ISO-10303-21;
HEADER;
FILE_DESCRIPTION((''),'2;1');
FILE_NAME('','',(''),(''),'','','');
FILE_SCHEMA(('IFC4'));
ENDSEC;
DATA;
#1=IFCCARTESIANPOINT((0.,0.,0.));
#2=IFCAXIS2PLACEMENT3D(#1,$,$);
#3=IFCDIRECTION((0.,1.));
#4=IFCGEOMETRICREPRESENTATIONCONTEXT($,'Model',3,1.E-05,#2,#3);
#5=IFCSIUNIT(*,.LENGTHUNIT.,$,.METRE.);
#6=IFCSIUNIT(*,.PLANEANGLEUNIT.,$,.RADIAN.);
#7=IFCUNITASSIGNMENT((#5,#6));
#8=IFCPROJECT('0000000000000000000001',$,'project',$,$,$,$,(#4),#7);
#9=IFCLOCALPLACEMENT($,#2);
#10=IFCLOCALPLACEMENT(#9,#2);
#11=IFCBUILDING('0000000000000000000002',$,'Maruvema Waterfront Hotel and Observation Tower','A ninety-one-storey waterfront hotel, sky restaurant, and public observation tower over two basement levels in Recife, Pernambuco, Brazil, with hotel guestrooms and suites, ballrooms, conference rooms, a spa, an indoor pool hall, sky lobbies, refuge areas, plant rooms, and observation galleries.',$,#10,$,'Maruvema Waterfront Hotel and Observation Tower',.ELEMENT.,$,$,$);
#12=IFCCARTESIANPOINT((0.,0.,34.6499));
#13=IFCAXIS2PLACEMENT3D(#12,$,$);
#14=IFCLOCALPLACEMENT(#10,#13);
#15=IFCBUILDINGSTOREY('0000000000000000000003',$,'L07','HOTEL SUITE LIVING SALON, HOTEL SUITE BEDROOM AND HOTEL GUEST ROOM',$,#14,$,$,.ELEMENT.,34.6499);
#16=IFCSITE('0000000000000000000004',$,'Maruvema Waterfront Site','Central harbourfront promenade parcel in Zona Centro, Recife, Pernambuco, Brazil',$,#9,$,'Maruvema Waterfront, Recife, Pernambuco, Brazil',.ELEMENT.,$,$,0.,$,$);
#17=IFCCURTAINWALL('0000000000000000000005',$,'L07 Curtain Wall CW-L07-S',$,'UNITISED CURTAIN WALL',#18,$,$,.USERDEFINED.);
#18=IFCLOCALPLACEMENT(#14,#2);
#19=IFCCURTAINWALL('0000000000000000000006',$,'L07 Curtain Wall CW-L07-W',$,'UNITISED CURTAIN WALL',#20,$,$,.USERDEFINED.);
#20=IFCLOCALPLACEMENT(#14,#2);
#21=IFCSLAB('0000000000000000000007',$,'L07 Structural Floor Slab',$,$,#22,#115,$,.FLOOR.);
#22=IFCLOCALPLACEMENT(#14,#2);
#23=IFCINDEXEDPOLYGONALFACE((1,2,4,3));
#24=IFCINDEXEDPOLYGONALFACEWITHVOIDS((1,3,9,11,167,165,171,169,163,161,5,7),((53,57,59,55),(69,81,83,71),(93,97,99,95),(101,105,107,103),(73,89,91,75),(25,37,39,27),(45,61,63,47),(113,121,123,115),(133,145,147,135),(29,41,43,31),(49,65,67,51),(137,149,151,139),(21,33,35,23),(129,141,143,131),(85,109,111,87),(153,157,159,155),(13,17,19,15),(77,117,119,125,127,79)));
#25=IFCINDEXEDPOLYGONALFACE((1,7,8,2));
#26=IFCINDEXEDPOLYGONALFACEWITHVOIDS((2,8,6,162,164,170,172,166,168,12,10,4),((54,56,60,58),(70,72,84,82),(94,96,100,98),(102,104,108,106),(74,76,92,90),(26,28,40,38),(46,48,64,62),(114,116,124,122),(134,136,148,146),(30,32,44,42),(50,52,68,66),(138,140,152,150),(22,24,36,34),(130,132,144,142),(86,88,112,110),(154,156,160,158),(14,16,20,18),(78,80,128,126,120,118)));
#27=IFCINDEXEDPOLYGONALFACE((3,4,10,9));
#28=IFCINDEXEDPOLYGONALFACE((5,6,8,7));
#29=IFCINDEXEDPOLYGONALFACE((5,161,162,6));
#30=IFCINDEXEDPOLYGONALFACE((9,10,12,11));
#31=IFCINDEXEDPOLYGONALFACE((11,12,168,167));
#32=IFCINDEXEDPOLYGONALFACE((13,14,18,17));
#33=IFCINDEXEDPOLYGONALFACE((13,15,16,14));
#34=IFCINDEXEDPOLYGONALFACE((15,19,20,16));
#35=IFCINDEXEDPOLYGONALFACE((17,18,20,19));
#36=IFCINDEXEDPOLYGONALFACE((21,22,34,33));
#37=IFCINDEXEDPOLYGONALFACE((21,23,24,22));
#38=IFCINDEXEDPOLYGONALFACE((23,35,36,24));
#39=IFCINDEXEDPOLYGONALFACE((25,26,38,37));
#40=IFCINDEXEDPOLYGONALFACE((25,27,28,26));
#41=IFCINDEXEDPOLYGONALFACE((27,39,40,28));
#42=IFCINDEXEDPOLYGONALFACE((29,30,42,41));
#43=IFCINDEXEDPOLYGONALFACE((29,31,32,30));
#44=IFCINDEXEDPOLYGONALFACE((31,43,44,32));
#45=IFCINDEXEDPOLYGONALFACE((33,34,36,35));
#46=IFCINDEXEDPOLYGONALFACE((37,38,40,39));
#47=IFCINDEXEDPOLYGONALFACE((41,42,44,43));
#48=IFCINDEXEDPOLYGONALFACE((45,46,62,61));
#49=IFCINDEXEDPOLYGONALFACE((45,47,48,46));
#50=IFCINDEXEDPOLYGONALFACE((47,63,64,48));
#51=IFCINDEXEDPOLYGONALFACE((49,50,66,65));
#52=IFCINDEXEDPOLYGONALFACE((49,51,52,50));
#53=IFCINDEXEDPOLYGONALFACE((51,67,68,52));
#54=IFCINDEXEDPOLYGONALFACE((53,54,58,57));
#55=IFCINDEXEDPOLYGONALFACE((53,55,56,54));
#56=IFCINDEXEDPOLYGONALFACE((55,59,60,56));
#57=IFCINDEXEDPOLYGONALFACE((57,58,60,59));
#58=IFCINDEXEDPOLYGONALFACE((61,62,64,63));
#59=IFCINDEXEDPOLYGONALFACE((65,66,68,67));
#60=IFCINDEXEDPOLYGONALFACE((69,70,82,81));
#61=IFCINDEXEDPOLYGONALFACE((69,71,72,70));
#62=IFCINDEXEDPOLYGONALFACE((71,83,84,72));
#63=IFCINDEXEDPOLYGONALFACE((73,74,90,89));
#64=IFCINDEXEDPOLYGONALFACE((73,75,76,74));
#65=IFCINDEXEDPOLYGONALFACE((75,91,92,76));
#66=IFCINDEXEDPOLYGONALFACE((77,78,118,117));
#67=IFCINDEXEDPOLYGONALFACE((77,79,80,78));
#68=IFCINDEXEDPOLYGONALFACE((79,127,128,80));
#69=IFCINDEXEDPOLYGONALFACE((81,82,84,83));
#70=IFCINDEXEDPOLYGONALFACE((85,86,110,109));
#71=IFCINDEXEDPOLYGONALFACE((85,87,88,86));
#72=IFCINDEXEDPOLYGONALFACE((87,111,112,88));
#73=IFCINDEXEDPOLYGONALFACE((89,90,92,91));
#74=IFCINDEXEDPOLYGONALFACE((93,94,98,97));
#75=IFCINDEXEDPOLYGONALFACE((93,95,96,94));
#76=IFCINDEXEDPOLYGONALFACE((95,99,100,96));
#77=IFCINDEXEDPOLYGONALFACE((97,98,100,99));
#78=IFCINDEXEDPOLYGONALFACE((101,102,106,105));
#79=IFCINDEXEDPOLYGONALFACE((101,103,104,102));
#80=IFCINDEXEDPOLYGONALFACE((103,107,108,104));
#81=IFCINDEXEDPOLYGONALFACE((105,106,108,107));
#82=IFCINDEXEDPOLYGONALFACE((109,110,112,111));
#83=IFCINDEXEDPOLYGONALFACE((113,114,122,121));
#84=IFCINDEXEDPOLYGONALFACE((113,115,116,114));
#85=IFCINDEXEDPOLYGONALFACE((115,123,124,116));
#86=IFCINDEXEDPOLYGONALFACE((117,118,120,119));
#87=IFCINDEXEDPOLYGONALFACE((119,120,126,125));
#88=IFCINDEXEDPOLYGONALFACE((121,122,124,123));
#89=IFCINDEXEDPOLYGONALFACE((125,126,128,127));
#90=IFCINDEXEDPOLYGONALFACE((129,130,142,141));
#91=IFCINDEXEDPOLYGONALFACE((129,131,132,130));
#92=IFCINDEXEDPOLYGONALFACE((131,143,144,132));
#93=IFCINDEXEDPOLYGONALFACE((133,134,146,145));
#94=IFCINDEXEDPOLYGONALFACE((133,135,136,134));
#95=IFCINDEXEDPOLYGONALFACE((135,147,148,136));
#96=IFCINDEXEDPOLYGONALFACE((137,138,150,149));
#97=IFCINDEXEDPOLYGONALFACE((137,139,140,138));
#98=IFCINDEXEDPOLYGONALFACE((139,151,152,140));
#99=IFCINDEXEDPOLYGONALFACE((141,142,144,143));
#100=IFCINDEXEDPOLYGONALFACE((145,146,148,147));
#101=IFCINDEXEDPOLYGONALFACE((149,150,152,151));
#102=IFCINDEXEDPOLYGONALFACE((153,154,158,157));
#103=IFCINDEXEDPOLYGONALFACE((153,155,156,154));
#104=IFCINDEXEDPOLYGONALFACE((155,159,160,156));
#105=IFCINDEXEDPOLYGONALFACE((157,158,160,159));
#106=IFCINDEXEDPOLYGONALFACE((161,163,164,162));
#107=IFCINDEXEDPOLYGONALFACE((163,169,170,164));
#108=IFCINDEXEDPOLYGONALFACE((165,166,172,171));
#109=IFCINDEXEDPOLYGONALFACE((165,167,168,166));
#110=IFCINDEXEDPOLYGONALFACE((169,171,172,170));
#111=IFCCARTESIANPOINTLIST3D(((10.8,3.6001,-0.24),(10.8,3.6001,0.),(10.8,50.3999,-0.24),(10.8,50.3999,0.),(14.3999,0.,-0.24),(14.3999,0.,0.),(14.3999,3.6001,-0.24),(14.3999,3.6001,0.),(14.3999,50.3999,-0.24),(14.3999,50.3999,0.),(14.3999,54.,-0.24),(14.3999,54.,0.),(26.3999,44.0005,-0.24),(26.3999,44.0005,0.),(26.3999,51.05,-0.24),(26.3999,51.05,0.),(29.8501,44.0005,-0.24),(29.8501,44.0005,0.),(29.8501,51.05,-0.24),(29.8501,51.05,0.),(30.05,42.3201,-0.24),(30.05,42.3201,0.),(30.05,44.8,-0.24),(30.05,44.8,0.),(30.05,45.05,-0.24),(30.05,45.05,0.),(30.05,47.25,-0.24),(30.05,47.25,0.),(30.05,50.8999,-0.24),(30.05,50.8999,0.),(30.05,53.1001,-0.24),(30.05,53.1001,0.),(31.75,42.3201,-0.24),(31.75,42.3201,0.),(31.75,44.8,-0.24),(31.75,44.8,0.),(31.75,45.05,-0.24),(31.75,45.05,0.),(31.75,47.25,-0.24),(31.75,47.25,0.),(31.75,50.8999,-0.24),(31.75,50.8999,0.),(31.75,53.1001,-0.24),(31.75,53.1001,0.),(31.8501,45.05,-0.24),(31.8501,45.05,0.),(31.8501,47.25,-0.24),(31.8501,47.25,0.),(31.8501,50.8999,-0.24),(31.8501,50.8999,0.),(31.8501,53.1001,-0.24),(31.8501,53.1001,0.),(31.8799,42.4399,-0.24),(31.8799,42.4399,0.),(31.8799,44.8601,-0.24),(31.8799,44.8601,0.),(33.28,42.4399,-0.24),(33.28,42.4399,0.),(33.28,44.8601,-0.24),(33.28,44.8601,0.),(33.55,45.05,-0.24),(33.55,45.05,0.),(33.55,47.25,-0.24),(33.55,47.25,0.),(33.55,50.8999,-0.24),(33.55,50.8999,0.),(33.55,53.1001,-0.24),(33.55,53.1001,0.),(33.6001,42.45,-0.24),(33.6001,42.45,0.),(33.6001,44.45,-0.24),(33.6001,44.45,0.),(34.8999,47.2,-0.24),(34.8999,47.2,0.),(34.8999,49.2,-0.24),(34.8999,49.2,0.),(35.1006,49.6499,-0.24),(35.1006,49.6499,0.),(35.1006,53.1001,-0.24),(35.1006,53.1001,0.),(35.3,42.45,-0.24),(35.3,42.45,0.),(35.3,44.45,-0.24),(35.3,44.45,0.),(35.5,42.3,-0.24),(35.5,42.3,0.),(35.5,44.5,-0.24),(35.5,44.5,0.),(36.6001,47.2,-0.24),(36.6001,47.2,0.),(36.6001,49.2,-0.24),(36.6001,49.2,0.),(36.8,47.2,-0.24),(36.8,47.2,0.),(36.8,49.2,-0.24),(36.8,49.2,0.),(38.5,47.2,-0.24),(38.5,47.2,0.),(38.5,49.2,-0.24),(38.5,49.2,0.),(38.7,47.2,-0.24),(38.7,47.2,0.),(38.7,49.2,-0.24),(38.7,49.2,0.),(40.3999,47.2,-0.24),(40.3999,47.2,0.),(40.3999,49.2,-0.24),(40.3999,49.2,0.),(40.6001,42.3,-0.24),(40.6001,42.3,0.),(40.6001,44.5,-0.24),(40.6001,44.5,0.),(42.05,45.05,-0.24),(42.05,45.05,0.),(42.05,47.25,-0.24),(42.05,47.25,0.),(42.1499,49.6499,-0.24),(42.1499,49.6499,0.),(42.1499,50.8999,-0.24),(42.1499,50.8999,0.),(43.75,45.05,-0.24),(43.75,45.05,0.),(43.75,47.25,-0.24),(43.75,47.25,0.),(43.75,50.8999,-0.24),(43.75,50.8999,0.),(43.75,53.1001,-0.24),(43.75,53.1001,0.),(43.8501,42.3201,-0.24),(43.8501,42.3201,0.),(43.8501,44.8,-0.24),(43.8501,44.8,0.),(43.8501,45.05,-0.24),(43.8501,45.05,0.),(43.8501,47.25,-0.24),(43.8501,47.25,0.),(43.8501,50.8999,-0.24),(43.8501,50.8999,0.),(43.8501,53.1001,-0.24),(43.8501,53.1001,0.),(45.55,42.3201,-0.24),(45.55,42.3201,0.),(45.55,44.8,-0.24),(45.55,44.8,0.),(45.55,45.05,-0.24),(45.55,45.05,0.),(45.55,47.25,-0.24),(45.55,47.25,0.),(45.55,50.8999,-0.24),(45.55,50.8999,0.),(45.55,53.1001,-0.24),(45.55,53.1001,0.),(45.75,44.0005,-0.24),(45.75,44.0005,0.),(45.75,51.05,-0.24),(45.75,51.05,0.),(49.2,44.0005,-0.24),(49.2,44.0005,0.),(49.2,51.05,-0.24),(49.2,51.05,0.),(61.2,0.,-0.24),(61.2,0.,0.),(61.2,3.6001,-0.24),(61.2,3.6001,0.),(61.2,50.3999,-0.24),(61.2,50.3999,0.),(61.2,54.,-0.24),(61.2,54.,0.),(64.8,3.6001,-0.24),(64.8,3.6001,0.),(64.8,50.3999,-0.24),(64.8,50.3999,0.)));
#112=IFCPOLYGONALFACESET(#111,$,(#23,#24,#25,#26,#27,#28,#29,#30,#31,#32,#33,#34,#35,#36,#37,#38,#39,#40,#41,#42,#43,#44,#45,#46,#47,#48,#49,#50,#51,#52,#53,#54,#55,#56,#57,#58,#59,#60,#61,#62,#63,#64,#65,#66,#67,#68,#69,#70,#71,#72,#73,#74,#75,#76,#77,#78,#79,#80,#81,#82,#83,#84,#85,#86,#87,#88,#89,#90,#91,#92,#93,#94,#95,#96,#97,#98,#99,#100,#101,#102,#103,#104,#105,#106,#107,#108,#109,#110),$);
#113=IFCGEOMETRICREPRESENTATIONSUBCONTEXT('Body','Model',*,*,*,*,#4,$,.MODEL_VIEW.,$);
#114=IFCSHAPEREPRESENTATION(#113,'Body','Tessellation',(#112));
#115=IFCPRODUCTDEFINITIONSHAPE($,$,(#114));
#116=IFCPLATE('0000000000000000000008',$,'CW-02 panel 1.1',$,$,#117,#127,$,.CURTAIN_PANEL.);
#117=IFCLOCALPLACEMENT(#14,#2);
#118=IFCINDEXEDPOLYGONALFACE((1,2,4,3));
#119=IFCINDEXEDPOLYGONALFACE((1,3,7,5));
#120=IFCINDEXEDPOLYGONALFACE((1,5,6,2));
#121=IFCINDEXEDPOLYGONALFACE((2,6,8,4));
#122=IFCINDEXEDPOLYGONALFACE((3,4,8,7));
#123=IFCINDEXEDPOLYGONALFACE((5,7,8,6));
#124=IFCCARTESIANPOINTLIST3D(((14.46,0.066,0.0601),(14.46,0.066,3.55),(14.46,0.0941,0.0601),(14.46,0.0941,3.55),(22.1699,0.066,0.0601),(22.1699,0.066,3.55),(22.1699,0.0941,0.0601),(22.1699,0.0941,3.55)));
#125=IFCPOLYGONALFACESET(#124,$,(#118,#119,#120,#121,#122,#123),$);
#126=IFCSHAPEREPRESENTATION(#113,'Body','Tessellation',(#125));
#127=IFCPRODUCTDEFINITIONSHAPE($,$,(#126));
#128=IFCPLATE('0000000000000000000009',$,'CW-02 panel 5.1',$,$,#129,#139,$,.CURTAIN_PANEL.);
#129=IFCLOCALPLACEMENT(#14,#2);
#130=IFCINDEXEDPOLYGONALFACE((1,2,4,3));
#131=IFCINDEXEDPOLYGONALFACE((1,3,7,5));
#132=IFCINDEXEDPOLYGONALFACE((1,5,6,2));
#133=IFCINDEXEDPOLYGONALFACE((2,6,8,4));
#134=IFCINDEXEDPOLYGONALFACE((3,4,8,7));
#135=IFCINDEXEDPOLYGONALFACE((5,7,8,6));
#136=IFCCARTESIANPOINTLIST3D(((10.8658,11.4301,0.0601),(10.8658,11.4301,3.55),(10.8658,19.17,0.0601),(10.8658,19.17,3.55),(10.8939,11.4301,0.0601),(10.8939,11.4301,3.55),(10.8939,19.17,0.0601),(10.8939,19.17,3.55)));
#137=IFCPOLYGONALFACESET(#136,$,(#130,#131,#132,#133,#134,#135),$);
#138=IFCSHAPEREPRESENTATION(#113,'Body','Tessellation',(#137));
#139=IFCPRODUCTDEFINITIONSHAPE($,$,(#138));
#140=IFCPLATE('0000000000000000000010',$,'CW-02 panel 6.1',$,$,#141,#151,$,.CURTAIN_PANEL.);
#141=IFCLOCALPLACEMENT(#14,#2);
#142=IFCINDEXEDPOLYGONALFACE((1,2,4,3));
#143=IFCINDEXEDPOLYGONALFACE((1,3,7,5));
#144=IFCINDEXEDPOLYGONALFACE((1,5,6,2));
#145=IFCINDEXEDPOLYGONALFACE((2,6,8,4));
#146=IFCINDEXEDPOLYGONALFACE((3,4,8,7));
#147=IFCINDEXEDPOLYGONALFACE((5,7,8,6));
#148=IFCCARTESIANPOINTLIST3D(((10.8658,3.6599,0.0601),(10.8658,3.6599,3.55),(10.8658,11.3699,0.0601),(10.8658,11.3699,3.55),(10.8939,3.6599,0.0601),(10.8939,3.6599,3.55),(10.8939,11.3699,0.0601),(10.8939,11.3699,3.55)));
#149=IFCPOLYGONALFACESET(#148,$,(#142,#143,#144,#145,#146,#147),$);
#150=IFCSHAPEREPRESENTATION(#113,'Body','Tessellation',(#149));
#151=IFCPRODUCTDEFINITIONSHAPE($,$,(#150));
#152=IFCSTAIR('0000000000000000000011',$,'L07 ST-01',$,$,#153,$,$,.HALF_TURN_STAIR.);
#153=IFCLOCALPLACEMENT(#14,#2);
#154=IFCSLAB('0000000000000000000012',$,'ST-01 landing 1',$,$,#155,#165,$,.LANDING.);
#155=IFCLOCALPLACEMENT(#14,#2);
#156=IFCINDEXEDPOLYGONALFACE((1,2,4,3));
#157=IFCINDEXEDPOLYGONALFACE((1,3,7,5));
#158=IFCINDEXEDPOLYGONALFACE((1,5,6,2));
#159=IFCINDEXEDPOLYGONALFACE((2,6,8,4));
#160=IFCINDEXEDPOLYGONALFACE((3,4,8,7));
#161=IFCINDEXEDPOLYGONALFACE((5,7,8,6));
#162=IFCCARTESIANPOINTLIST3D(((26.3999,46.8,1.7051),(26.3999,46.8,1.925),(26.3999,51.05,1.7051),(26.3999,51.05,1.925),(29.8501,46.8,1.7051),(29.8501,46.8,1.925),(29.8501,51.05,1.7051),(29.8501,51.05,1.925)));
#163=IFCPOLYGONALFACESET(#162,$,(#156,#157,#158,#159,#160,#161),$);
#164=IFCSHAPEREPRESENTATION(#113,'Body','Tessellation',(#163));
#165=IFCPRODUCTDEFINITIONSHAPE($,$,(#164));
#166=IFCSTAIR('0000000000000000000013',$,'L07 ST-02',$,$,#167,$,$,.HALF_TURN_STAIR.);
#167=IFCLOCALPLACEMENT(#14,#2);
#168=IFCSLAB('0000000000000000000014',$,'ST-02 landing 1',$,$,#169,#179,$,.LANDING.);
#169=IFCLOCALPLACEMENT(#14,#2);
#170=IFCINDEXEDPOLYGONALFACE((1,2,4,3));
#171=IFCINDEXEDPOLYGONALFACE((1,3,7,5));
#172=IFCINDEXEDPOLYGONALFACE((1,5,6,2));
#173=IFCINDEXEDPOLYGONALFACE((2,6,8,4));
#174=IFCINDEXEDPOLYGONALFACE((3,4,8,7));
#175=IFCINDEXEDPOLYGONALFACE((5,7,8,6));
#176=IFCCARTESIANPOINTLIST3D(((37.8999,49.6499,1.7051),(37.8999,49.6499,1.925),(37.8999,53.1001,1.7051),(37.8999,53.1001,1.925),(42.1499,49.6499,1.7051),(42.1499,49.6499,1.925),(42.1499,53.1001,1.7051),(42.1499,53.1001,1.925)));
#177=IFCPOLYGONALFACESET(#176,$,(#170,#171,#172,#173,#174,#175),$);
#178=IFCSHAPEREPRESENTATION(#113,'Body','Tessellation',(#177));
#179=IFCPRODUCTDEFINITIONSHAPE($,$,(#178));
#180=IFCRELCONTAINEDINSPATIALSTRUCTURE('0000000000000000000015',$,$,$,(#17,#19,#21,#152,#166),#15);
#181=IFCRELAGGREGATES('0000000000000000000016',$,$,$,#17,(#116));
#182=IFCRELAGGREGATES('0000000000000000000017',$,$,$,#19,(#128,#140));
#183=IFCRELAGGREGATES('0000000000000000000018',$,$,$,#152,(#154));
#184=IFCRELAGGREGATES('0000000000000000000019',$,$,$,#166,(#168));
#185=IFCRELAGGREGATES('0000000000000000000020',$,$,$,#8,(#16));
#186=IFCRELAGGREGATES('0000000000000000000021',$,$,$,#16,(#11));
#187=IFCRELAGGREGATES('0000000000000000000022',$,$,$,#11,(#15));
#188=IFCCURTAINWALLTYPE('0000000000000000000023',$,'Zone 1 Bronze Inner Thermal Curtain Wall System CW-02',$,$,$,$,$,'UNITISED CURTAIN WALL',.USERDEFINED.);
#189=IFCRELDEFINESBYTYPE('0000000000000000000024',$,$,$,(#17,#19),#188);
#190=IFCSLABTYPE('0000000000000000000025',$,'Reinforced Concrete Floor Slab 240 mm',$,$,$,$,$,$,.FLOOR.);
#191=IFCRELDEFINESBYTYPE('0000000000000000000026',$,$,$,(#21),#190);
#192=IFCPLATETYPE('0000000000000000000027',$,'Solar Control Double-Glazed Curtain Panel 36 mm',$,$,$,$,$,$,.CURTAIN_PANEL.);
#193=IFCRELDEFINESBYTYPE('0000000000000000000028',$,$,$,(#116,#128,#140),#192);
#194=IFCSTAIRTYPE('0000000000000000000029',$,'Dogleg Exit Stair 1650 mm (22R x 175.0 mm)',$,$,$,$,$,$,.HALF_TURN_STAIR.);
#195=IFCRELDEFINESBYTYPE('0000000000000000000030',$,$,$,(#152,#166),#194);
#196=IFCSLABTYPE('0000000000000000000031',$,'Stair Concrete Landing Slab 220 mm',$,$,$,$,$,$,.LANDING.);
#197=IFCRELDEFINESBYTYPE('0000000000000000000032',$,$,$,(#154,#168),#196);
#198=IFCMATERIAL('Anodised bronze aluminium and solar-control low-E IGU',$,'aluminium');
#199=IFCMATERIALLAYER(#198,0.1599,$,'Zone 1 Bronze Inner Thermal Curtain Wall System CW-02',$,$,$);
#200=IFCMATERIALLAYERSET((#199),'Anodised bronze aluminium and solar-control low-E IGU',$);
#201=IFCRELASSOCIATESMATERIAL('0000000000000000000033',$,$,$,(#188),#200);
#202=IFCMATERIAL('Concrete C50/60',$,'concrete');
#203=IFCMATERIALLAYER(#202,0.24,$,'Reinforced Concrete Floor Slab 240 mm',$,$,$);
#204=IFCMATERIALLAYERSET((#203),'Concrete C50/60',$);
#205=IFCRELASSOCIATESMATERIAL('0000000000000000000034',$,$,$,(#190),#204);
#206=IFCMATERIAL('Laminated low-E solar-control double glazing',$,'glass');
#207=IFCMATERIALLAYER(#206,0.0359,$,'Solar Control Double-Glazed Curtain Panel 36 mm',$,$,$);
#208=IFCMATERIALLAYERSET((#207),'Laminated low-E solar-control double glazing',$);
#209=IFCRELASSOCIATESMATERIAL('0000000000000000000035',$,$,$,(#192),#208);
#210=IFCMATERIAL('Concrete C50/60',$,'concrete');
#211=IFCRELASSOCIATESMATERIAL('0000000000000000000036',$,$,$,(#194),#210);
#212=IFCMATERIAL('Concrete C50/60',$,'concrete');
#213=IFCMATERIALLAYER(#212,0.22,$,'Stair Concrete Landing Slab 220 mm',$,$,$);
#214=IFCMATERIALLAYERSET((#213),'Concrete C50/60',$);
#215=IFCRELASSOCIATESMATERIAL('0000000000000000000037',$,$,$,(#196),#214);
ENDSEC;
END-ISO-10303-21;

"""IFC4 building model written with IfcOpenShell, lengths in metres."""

from ifc_helpers import new_model, si_unit, direction, frame, origin, origin_2d, place, context, subcontext, project, spatial, polyline, rectangle, outline, extrude, material, layer, layer_set, type_object, element, aggregate, save


model = new_model("IFC4")

# Units and contexts
model_context = context("Model", 3, precision=1e-05, world=origin(), true_north=direction((0.0, 1.0)))
body_context = subcontext(model_context, "Body", "Model", "MODEL_VIEW")
ifc_project = project(units=[si_unit("LENGTHUNIT", "METRE"), si_unit("PLANEANGLEUNIT", "RADIAN")], contexts=[model_context])

# Site, building, storey
site_placement = place(None, origin())
site = spatial("IfcSite", under=ifc_project, at=site_placement, Name="Maruvema Waterfront Site", Description="Central harbourfront promenade parcel in Zona Centro, Recife, Pernambuco, Brazil", LongName="Maruvema Waterfront, Recife, Pernambuco, Brazil", CompositionType="ELEMENT", RefElevation=0.0)
building_placement = place(site_placement, origin())
building = spatial("IfcBuilding", under=site, at=building_placement, Name="Maruvema Waterfront Hotel and Observation Tower", Description="A ninety-one-storey waterfront hotel, sky restaurant, and public observation tower over two basement levels in Recife, Pernambuco, Brazil, with hotel guestrooms and suites, ballrooms, conference rooms, a spa, an indoor pool hall, sky lobbies, refuge areas, plant rooms, and observation galleries.", LongName="Maruvema Waterfront Hotel and Observation Tower", CompositionType="ELEMENT")
storey_placement = place(building_placement, frame((0.0, 0.0, 34.6499)))
storey = spatial("IfcBuildingStorey", under=building, at=storey_placement, Name="L07", Description="HOTEL SUITE LIVING SALON, HOTEL SUITE BEDROOM AND HOTEL GUEST ROOM", CompositionType="ELEMENT", Elevation=34.6499)

# Curtain walls
ifc_material_1 = material(Name="Anodised bronze aluminium and solar-control low-E IGU", Category="aluminium")
ifc_layer_1 = layer(ifc_material_1, 0.1599, Name="Zone 1 Bronze Inner Thermal Curtain Wall System CW-02")
ifc_layer_set_1 = layer_set([ifc_layer_1], Name="Anodised bronze aluminium and solar-control low-E IGU")
curtain_wall_type = type_object("IfcCurtainWallType", Name="Zone 1 Bronze Inner Thermal Curtain Wall System CW-02", ElementType="UNITISED CURTAIN WALL", PredefinedType="USERDEFINED", material=ifc_layer_set_1)
curtain_wall_1_placement = place(storey_placement, origin())
curtain_wall_1 = element("IfcCurtainWall", 1, at=curtain_wall_1_placement, inside=storey, type_object=curtain_wall_type, Name="L07 Curtain Wall CW-L07-S", ObjectType="UNITISED CURTAIN WALL", PredefinedType="USERDEFINED")
curtain_wall_2_placement = place(storey_placement, origin())
curtain_wall_2 = element("IfcCurtainWall", 2, at=curtain_wall_2_placement, inside=storey, type_object=curtain_wall_type, Name="L07 Curtain Wall CW-L07-W", ObjectType="UNITISED CURTAIN WALL", PredefinedType="USERDEFINED")

# Slab
ifc_material_2 = material(Name="Concrete C50/60", Category="concrete")
ifc_layer_2 = layer(ifc_material_2, 0.24, Name="Reinforced Concrete Floor Slab 240 mm")
ifc_layer_set_2 = layer_set([ifc_layer_2], Name="Concrete C50/60")
slab_type_1 = type_object("IfcSlabType", Name="Reinforced Concrete Floor Slab 240 mm", PredefinedType="FLOOR", material=ifc_layer_set_2)
slab_1_placement = place(storey_placement, frame((0.0, 0.0, -0.24)))
element("IfcSlab", 3, at=slab_1_placement, inside=storey, type_object=slab_type_1, Name="L07 Structural Floor Slab", PredefinedType="FLOOR", context=body_context, shape_type="SweptSolid", body=[
    extrude(outline(polyline([(14.3999, 0.0), (61.2, 0.0), (61.2, 3.6001), (64.8, 3.6001), (64.8, 50.3999), (61.2, 50.3999), (61.2, 54.0), (14.3999, 54.0), (14.3999, 50.3999), (10.8, 50.3999), (10.8, 3.6001), (14.3999, 3.6001), (14.3999, 0.0)]), holes=[polyline([(26.3999, 44.0005), (26.3999, 51.05), (29.8501, 51.05), (29.8501, 44.0005), (26.3999, 44.0005)]), polyline([(30.05, 44.8), (31.75, 44.8), (31.75, 42.3201), (30.05, 42.3201), (30.05, 44.8)]), polyline([(31.75, 47.25), (31.75, 45.05), (30.05, 45.05), (30.05, 47.25), (31.75, 47.25)]), polyline([(31.75, 53.1001), (31.75, 50.8999), (30.05, 50.8999), (30.05, 53.1001), (31.75, 53.1001)]), polyline([(33.28, 44.8601), (33.28, 42.4399), (31.8799, 42.4399), (31.8799, 44.8601), (33.28, 44.8601)]), polyline([(31.8501, 47.25), (33.55, 47.25), (33.55, 45.05), (31.8501, 45.05), (31.8501, 47.25)]), polyline([(31.8501, 53.1001), (33.55, 53.1001), (33.55, 50.8999), (31.8501, 50.8999), (31.8501, 53.1001)]), polyline([(33.6001, 44.45), (35.3, 44.45), (35.3, 42.45), (33.6001, 42.45), (33.6001, 44.45)]), polyline([(34.8999, 49.2), (36.6001, 49.2), (36.6001, 47.2), (34.8999, 47.2), (34.8999, 49.2)]), polyline([(38.5, 49.2), (38.5, 47.2), (36.8, 47.2), (36.8, 49.2), (38.5, 49.2)]), polyline([(35.5, 44.5), (40.6001, 44.5), (40.6001, 42.3), (35.5, 42.3), (35.5, 44.5)]), polyline([(43.75, 50.8999), (42.1499, 50.8999), (42.1499, 49.6499), (35.1006, 49.6499), (35.1006, 53.1001), (43.75, 53.1001), (43.75, 50.8999)]), polyline([(40.3999, 49.2), (40.3999, 47.2), (38.7, 47.2), (38.7, 49.2), (40.3999, 49.2)]), polyline([(43.75, 47.25), (43.75, 45.05), (42.05, 45.05), (42.05, 47.25), (43.75, 47.25)]), polyline([(45.55, 44.8), (45.55, 42.3201), (43.8501, 42.3201), (43.8501, 44.8), (45.55, 44.8)]), polyline([(43.8501, 47.25), (45.55, 47.25), (45.55, 45.05), (43.8501, 45.05), (43.8501, 47.25)]), polyline([(45.55, 53.1001), (45.55, 50.8999), (43.8501, 50.8999), (43.8501, 53.1001), (45.55, 53.1001)]), polyline([(45.75, 51.05), (49.2, 51.05), (49.2, 44.0005), (45.75, 44.0005), (45.75, 51.05)])]), origin(), (0.0, 0.0, 1.0), 0.24),
])

# Plates
ifc_material_3 = material(Name="Laminated low-E solar-control double glazing", Category="glass")
ifc_layer_3 = layer(ifc_material_3, 0.0359, Name="Solar Control Double-Glazed Curtain Panel 36 mm")
ifc_layer_set_3 = layer_set([ifc_layer_3], Name="Laminated low-E solar-control double glazing")
plate_type = type_object("IfcPlateType", Name="Solar Control Double-Glazed Curtain Panel 36 mm", PredefinedType="CURTAIN_PANEL", material=ifc_layer_set_3)
plate_1_placement = place(storey_placement, frame((18.3149, 0.0801, 0.0601), z_axis=(0.0, 0.0, 1.0), x_axis=(1.0, 0.0, 0.0)))
plate_1 = element("IfcPlate", 4, at=plate_1_placement, type_object=plate_type, Name="CW-02 panel 1.1", PredefinedType="CURTAIN_PANEL", context=body_context, shape_type="SweptSolid", body=[
    extrude(rectangle(XDim=7.71, YDim=0.0281, at=origin_2d()), origin(), (0.0, 0.0, 1.0), 3.49),
])
aggregate(curtain_wall_1, [plate_1])
plate_2_placement = place(storey_placement, frame((10.8799, 15.3, 0.0601), z_axis=(0.0, 0.0, 1.0), x_axis=(0.0, -1.0, 0.0)))
plate_2 = element("IfcPlate", 5, at=plate_2_placement, type_object=plate_type, Name="CW-02 panel 5.1", PredefinedType="CURTAIN_PANEL", context=body_context, shape_type="SweptSolid", body=[
    extrude(rectangle(XDim=7.74, YDim=0.0281, at=origin_2d()), origin(), (0.0, 0.0, 1.0), 3.49),
])
plate_3_placement = place(storey_placement, frame((10.8799, 7.5149, 0.0601), z_axis=(0.0, 0.0, 1.0), x_axis=(0.0, -1.0, 0.0)))
plate_3 = element("IfcPlate", 6, at=plate_3_placement, type_object=plate_type, Name="CW-02 panel 6.1", PredefinedType="CURTAIN_PANEL", context=body_context, shape_type="SweptSolid", body=[
    extrude(rectangle(XDim=7.71, YDim=0.0281, at=origin_2d()), origin(), (0.0, 0.0, 1.0), 3.49),
])
aggregate(curtain_wall_2, [plate_2, plate_3])

# Stairs, slabs
ifc_material_4 = material(Name="Concrete C50/60", Category="concrete")
stair_type = type_object("IfcStairType", Name="Dogleg Exit Stair 1650 mm (22R x 175.0 mm)", PredefinedType="HALF_TURN_STAIR", material=ifc_material_4)
stair_1_placement = place(storey_placement, origin())
stair_1 = element("IfcStair", 7, at=stair_1_placement, inside=storey, type_object=stair_type, Name="L07 ST-01", PredefinedType="HALF_TURN_STAIR")
ifc_material_5 = material(Name="Concrete C50/60", Category="concrete")
ifc_layer_4 = layer(ifc_material_5, 0.22, Name="Stair Concrete Landing Slab 220 mm")
ifc_layer_set_4 = layer_set([ifc_layer_4], Name="Concrete C50/60")
slab_type_2 = type_object("IfcSlabType", Name="Stair Concrete Landing Slab 220 mm", PredefinedType="LANDING", material=ifc_layer_set_4)
slab_2_placement = place(storey_placement, frame((0.0, 0.0, 1.7051)))
slab_2 = element("IfcSlab", 8, at=slab_2_placement, type_object=slab_type_2, Name="ST-01 landing 1", PredefinedType="LANDING", context=body_context, shape_type="SweptSolid", body=[
    extrude(outline(polyline([(29.8501, 46.8), (29.8501, 51.05), (26.3999, 51.05), (26.3999, 46.8), (29.8501, 46.8)])), origin(), (0.0, 0.0, 1.0), 0.22),
])
aggregate(stair_1, [slab_2])
stair_2_placement = place(storey_placement, origin())
stair_2 = element("IfcStair", 9, at=stair_2_placement, inside=storey, type_object=stair_type, Name="L07 ST-02", PredefinedType="HALF_TURN_STAIR")
slab_3_placement = place(storey_placement, frame((0.0, 0.0, 1.7051)))
slab_3 = element("IfcSlab", 10, at=slab_3_placement, type_object=slab_type_2, Name="ST-02 landing 1", PredefinedType="LANDING", context=body_context, shape_type="SweptSolid", body=[
    extrude(outline(polyline([(37.8999, 49.6499), (42.1499, 49.6499), (42.1499, 53.1001), (37.8999, 53.1001), (37.8999, 49.6499)])), origin(), (0.0, 0.0, 1.0), 0.22),
])
aggregate(stair_2, [slab_3])

save(model, "model.ifc")
